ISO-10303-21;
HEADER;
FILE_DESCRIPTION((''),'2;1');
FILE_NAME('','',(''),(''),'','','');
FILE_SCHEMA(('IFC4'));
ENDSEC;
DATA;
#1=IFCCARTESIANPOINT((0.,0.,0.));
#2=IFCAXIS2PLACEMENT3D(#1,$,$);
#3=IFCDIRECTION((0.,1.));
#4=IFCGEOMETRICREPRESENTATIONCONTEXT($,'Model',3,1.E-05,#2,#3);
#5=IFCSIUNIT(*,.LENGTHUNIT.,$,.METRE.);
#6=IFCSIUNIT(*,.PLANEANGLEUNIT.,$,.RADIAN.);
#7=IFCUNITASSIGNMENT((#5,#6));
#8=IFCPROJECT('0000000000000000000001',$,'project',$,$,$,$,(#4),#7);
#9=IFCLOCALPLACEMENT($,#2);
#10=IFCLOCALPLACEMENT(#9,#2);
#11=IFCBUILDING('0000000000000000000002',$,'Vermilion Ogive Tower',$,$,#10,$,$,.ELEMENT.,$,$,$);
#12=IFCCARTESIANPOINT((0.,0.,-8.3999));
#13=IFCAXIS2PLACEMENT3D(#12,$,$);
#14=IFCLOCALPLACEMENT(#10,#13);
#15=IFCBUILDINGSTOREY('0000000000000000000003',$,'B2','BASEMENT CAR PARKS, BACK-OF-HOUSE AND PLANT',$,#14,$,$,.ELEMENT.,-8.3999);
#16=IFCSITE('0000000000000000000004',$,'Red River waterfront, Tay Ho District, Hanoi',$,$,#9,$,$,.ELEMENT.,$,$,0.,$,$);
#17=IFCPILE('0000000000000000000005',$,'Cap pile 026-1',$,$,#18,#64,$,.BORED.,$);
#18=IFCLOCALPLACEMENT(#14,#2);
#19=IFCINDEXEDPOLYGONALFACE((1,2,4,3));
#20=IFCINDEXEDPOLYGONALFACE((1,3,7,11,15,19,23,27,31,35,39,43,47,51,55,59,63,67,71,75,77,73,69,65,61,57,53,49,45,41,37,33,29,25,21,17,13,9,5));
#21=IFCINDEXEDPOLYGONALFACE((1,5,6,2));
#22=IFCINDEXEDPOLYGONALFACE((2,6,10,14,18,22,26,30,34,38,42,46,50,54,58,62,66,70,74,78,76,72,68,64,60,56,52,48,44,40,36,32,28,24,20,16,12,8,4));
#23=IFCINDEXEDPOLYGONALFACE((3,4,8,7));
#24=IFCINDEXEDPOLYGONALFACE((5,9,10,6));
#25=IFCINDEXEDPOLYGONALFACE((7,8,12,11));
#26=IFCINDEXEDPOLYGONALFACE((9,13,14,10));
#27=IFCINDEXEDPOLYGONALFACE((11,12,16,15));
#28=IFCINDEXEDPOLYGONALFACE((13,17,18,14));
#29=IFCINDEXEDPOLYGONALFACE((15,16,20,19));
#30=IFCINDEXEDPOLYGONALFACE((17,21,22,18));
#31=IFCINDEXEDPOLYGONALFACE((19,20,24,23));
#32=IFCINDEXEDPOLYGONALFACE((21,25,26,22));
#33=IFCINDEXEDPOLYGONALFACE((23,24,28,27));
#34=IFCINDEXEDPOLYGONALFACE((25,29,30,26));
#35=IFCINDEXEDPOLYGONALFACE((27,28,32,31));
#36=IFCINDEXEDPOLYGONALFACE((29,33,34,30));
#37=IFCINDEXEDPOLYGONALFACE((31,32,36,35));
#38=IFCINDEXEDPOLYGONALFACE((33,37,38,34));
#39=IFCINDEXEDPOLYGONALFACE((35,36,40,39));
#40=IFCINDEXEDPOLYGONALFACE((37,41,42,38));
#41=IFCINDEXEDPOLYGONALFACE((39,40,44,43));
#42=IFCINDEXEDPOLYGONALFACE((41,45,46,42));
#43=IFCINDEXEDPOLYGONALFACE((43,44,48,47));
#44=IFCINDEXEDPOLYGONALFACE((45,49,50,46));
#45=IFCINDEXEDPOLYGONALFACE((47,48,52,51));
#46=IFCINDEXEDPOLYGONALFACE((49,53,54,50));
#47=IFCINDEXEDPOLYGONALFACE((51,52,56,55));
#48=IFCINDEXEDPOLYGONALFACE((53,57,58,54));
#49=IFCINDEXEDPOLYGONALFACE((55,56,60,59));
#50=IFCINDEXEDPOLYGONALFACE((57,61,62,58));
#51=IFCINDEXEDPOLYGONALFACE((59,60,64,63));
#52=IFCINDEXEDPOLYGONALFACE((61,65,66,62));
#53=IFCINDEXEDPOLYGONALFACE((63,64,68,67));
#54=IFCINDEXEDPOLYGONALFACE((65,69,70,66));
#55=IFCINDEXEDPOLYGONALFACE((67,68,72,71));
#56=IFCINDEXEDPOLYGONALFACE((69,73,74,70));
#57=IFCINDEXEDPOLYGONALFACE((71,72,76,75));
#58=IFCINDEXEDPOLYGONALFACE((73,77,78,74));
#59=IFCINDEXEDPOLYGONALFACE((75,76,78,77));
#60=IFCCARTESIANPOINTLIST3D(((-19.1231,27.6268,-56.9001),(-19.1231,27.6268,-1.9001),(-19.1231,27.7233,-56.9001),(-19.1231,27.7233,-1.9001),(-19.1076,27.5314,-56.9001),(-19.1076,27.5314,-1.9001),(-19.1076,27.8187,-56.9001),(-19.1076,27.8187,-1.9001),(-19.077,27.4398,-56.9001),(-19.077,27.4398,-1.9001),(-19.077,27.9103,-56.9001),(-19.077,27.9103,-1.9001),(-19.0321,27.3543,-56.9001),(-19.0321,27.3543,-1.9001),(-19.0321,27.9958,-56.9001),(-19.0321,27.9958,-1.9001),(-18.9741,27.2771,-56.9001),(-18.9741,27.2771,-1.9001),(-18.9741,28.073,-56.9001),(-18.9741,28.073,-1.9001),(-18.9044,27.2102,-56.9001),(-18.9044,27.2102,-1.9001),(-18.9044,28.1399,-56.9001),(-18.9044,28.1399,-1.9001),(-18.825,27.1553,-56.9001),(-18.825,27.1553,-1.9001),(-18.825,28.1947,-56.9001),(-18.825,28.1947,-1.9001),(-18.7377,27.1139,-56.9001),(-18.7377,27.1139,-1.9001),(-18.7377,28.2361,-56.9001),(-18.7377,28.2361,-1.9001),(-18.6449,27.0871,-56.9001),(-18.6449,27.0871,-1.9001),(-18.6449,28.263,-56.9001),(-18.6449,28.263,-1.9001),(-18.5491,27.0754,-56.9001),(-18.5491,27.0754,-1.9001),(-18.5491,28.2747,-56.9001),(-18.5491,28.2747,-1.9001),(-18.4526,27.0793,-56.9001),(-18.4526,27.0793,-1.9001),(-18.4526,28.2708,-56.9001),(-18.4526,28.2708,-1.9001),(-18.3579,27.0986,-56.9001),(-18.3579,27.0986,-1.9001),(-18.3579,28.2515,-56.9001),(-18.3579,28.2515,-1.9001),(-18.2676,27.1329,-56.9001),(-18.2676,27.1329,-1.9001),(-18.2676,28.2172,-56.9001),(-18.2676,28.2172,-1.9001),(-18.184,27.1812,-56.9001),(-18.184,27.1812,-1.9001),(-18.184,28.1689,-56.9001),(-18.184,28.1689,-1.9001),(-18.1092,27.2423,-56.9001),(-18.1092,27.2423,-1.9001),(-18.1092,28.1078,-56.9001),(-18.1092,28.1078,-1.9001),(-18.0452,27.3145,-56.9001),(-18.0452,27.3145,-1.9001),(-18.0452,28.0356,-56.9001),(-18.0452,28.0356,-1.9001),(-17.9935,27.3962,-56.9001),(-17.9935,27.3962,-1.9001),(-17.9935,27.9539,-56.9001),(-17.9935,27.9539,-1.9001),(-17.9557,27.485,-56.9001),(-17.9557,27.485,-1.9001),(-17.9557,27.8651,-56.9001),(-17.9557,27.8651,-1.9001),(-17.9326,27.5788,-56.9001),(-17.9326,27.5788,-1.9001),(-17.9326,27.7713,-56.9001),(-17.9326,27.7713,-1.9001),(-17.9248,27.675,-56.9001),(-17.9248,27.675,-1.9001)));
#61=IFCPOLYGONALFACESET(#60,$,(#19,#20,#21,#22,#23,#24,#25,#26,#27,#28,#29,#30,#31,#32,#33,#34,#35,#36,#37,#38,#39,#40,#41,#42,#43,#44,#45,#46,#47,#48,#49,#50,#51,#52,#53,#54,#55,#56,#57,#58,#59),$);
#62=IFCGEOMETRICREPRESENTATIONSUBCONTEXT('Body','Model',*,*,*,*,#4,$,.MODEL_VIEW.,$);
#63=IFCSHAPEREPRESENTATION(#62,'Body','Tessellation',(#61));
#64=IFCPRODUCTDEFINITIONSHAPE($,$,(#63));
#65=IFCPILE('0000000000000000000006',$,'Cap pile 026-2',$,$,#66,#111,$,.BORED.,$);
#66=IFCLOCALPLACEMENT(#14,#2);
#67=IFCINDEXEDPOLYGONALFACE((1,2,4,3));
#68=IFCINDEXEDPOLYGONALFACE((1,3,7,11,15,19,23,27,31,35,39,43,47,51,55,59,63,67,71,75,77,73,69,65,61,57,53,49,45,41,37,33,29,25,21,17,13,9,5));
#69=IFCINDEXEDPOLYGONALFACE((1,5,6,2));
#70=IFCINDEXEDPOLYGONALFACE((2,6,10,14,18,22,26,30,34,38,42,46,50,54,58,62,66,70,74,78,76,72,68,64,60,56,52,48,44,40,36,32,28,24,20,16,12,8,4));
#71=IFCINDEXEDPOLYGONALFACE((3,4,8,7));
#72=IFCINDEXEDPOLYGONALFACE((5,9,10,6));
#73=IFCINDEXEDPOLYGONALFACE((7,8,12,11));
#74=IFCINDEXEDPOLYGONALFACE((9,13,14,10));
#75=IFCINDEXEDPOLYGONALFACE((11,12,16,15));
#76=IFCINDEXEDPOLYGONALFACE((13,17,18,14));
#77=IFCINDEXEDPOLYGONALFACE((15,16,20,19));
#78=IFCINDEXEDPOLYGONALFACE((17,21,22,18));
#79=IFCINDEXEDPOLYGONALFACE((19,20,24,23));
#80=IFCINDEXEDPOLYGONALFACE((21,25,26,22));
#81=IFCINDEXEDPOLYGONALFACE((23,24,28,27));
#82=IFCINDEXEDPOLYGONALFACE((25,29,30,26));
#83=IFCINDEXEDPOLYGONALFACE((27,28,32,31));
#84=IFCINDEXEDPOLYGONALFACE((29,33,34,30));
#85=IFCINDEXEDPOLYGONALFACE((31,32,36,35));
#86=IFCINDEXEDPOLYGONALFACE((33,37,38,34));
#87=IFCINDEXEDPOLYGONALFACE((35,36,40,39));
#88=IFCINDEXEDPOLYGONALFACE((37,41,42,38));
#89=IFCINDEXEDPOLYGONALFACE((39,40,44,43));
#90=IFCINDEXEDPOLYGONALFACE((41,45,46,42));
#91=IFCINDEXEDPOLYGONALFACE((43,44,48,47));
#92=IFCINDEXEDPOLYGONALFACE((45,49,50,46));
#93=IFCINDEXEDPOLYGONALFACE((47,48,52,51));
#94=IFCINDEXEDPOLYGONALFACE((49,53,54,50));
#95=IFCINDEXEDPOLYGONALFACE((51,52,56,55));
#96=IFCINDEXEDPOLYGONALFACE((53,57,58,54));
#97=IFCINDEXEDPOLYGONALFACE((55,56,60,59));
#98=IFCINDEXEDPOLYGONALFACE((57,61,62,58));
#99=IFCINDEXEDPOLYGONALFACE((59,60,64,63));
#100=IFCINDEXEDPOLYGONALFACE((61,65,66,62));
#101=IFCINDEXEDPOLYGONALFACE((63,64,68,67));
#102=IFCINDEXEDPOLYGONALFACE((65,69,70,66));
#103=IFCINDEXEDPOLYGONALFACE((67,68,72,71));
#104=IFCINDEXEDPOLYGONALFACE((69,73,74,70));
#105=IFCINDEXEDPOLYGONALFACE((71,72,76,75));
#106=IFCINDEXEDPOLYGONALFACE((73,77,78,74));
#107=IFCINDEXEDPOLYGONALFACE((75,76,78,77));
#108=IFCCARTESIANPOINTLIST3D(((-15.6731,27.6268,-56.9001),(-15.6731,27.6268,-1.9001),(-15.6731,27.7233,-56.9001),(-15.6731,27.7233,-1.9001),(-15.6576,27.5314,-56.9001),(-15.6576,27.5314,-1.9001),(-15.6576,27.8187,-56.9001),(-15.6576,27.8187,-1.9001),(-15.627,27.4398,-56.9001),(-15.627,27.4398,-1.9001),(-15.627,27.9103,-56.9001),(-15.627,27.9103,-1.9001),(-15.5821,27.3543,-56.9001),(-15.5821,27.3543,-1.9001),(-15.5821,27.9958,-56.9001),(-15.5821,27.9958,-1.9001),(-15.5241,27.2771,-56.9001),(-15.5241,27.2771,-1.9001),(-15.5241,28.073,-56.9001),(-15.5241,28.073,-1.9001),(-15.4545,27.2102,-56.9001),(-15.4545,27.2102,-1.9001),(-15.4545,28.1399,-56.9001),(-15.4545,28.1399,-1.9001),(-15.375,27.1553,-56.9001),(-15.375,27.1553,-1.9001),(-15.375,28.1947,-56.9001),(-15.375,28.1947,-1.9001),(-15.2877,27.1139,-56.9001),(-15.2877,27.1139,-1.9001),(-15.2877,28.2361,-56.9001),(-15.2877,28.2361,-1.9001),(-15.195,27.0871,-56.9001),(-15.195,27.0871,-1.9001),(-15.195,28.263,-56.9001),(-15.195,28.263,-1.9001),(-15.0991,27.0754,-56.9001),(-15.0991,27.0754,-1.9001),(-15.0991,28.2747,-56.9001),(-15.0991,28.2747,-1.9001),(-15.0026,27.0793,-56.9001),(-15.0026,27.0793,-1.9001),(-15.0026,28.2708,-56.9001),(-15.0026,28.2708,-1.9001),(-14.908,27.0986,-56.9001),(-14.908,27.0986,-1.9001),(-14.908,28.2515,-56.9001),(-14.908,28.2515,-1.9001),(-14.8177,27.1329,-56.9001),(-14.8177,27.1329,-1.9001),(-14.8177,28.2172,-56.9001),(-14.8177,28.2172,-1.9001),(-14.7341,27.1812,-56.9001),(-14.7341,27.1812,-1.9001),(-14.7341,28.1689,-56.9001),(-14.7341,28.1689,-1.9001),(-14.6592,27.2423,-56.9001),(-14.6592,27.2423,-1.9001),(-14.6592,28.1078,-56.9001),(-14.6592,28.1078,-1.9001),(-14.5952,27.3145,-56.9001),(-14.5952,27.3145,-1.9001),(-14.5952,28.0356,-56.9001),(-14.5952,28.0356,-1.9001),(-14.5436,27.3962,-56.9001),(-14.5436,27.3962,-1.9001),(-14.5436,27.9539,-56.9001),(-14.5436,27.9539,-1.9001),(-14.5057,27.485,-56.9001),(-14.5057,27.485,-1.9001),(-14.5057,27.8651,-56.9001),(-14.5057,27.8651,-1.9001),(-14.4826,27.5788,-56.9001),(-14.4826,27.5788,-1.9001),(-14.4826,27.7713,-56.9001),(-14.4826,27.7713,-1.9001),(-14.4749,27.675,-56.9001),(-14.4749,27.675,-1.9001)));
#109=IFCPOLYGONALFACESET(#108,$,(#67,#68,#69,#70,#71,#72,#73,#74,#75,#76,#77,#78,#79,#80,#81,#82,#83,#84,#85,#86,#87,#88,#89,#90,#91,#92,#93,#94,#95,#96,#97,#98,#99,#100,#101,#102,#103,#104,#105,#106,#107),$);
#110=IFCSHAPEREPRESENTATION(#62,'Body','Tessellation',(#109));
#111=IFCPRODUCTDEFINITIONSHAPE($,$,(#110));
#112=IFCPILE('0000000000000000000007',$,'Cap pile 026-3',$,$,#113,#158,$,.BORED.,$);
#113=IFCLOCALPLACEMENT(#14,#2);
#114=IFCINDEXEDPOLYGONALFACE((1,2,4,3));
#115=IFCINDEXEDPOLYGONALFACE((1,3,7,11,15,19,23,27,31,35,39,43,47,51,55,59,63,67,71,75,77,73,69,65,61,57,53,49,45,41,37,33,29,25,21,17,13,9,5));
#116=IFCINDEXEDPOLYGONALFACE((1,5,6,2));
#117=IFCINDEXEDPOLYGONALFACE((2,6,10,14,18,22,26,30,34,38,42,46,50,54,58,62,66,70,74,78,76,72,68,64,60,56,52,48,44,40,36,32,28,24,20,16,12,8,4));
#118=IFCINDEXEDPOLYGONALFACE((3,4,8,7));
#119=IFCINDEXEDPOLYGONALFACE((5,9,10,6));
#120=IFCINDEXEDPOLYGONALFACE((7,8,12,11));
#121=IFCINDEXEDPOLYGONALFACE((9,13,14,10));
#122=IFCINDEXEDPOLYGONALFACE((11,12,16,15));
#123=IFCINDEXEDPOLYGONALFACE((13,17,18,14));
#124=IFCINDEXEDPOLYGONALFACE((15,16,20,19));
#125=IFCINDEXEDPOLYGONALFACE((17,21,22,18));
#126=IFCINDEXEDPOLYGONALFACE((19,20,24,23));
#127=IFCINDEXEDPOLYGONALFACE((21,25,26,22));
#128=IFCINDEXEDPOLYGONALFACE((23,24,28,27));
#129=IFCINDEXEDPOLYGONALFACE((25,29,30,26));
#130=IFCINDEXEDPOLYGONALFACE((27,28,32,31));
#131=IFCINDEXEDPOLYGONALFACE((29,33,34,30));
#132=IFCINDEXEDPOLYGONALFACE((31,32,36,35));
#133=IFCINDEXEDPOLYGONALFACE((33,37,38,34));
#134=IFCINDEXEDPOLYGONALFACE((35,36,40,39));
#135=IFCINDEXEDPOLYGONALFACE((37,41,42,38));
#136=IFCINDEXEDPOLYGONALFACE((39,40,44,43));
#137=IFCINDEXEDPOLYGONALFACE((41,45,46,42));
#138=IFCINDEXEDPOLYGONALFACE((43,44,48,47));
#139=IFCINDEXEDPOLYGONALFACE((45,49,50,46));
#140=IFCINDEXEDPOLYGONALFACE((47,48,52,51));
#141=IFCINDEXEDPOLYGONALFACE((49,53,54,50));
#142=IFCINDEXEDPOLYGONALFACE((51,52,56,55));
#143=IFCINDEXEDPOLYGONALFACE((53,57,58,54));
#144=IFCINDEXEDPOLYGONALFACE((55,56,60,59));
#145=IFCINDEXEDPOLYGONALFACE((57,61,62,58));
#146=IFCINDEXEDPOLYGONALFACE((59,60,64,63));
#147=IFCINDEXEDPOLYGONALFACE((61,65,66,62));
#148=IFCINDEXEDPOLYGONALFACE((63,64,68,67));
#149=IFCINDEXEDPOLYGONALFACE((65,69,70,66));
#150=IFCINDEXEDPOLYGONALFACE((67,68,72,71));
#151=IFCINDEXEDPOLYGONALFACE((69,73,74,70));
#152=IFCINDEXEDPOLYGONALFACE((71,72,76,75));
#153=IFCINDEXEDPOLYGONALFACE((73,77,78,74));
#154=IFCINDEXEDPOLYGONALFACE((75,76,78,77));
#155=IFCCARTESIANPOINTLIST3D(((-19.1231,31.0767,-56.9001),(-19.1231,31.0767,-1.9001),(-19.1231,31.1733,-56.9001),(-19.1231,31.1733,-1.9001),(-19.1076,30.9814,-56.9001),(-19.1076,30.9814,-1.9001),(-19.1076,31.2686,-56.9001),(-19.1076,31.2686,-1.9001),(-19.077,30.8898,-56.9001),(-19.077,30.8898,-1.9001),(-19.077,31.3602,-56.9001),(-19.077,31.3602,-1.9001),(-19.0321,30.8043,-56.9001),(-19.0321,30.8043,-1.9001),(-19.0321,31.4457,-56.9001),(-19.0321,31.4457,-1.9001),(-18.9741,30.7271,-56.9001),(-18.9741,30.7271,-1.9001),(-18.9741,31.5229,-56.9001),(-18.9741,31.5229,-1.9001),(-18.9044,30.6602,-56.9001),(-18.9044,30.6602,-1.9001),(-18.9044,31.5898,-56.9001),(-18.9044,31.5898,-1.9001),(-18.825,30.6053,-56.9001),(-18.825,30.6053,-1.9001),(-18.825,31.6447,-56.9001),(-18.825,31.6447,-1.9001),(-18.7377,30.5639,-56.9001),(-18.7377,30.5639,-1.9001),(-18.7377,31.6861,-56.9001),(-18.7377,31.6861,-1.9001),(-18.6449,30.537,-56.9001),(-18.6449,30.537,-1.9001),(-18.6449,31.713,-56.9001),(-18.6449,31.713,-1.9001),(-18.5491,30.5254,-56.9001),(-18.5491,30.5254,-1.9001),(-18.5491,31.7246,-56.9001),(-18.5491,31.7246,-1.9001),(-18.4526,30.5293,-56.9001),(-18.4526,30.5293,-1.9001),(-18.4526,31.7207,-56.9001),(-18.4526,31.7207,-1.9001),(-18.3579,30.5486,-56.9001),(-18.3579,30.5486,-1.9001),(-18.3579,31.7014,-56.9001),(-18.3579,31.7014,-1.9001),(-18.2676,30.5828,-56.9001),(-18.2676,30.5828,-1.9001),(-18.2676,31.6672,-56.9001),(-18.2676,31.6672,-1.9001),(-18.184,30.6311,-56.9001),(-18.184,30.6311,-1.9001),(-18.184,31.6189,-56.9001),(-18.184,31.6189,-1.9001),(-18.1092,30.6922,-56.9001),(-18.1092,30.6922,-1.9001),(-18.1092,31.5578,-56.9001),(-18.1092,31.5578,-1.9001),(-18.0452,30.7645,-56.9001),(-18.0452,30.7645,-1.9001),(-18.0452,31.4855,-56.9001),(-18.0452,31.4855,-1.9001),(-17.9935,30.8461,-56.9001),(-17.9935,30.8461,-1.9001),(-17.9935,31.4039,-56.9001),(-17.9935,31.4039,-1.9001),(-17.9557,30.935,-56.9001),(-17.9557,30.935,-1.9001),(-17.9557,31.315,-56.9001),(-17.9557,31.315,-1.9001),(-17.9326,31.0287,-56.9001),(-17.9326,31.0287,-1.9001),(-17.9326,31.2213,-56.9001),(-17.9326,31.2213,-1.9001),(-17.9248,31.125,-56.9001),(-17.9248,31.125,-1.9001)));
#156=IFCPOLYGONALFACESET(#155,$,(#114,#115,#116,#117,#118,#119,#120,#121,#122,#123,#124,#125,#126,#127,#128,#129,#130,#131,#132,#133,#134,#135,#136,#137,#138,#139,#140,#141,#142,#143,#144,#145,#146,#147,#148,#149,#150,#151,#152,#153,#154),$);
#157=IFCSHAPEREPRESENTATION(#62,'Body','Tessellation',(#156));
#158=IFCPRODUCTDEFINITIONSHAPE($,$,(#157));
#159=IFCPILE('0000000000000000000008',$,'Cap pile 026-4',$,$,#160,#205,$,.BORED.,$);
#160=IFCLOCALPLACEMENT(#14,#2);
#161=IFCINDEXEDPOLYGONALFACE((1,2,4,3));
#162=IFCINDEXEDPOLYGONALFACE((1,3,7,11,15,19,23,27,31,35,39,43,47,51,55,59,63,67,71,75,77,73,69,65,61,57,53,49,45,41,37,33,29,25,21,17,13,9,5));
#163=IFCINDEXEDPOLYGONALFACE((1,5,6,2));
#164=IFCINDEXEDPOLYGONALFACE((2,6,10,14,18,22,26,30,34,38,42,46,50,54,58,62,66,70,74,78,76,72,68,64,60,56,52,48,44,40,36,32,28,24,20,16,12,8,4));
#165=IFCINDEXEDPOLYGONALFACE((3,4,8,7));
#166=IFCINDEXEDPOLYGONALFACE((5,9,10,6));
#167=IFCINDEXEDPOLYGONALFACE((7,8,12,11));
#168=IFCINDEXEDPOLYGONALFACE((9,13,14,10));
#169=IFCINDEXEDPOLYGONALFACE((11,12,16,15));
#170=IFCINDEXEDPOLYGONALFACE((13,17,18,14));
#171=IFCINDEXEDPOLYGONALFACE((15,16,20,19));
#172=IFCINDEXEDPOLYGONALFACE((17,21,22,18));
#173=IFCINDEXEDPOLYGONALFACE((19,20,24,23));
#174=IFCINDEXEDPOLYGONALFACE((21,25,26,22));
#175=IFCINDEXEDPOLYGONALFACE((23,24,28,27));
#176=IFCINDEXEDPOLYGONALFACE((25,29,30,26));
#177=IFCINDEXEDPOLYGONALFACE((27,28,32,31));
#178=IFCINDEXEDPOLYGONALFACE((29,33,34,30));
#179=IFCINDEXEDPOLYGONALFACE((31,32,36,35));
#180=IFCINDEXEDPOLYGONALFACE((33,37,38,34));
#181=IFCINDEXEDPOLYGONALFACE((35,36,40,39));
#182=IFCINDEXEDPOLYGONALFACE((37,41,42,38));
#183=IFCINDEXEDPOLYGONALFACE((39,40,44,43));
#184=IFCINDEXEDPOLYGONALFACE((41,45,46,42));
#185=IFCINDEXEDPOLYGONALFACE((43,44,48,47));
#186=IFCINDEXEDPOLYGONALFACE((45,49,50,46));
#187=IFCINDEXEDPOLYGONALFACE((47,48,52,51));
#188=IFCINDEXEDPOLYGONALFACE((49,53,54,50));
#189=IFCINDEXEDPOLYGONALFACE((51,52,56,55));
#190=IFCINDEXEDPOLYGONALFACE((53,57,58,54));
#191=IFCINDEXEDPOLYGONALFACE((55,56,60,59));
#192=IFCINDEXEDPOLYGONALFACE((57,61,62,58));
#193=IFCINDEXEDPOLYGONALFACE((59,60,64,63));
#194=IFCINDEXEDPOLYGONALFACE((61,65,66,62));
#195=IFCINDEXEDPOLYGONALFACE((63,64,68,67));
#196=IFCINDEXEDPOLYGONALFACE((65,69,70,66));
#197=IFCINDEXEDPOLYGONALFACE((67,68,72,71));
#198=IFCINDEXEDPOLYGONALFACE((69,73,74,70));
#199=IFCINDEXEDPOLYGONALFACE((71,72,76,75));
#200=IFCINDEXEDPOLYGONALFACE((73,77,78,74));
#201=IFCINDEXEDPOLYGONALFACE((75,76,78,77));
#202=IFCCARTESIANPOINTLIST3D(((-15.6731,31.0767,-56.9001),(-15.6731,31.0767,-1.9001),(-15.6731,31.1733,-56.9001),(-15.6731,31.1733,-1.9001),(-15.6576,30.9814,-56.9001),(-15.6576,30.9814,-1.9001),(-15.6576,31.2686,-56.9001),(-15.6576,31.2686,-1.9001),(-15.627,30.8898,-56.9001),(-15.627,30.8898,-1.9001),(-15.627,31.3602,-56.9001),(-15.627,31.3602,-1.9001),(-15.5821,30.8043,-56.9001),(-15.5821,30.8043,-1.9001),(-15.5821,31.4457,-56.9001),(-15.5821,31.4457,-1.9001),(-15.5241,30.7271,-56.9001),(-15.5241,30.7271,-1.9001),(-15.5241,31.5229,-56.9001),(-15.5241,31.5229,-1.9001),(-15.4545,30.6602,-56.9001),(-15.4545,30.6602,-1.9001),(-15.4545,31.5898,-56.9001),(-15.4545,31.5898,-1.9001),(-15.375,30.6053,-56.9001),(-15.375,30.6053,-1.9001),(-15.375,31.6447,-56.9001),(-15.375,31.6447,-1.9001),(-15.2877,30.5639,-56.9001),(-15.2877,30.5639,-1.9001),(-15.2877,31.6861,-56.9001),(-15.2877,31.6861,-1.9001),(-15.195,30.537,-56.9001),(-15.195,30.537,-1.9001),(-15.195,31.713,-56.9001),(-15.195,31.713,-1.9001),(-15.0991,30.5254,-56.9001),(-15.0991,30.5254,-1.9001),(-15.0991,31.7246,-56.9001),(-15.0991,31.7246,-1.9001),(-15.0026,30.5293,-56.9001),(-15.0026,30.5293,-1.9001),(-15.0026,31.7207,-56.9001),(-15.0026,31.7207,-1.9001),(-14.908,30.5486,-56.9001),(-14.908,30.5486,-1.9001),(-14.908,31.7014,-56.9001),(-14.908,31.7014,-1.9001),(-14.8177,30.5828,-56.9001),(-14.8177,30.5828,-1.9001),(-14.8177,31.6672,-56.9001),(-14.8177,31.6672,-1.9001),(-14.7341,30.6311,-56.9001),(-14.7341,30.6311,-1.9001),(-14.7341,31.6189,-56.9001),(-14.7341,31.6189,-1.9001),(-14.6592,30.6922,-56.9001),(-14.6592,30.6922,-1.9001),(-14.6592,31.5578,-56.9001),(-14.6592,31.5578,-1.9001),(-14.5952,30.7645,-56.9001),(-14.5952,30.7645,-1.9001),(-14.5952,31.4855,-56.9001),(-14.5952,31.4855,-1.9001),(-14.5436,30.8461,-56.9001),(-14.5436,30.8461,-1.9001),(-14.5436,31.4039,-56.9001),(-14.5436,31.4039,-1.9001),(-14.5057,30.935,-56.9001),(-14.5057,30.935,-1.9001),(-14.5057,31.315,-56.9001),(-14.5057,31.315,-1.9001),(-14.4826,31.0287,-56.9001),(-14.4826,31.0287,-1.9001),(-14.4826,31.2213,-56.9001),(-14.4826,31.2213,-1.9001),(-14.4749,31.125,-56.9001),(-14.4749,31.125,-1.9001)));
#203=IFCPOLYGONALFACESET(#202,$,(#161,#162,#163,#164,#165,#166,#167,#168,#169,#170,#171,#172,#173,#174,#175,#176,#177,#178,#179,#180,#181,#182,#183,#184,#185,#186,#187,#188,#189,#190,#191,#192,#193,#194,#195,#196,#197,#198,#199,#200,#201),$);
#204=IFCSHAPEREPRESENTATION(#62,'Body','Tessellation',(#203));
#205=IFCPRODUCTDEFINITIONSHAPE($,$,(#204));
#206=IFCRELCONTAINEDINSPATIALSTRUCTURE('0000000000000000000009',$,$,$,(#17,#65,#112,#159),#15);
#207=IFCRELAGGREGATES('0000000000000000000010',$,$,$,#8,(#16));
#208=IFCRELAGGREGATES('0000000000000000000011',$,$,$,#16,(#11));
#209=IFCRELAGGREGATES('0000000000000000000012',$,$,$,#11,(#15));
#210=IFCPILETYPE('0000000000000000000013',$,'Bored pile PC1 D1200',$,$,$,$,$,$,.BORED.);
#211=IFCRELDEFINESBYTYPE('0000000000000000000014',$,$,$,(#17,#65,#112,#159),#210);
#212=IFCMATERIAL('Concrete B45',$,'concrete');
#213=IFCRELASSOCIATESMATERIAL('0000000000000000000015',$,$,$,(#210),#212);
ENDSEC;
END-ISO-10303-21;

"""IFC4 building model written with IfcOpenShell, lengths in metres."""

from ifc_helpers import new_model, si_unit, direction, frame, origin, origin_2d, place, context, subcontext, project, spatial, circle, extrude, material, type_object, element, save


model = new_model("IFC4")

# Units and contexts
model_context = context("Model", 3, precision=1e-05, world=origin(), true_north=direction((0.0, 1.0)))
body_context = subcontext(model_context, "Body", "Model", "MODEL_VIEW")
ifc_project = project(units=[si_unit("LENGTHUNIT", "METRE"), si_unit("PLANEANGLEUNIT", "RADIAN")], contexts=[model_context])

# Site, building, storey
site_placement = place(None, origin())
site = spatial("IfcSite", under=ifc_project, at=site_placement, Name="Red River waterfront, Tay Ho District, Hanoi", CompositionType="ELEMENT", RefElevation=0.0)
building_placement = place(site_placement, origin())
building = spatial("IfcBuilding", under=site, at=building_placement, Name="Vermilion Ogive Tower", CompositionType="ELEMENT")
storey_placement = place(building_placement, frame((0.0, 0.0, -8.3999)))
storey = spatial("IfcBuildingStorey", under=building, at=storey_placement, Name="B2", Description="BASEMENT CAR PARKS, BACK-OF-HOUSE AND PLANT", CompositionType="ELEMENT", Elevation=-8.3999)

# Piles
ifc_material_1 = material(Name="Concrete B45", Category="concrete")
pile_type_1 = type_object("IfcPileType", Name="Bored pile PC1 D1200", PredefinedType="BORED", material=ifc_material_1)
for number, where, z_axis, x_axis, name in (
    (1, (-18.5249, 27.675, -1.9001), (0.0, 0.0, -1.0), (1.0, 0.0, 0.0), "Cap pile 026-1"),
    (2, (-15.075, 27.675, -1.9001), (0.0, 0.0, -1.0), (1.0, 0.0, 0.0), "Cap pile 026-2"),
    (3, (-18.5249, 31.125, -1.9001), (0.0, 0.0, -1.0), (1.0, 0.0, 0.0), "Cap pile 026-3"),
    (4, (-15.075, 31.125, -1.9001), (0.0, 0.0, -1.0), (1.0, 0.0, 0.0), "Cap pile 026-4"),
):
    element("IfcPile", number, at=place(storey_placement, frame(where, z_axis=z_axis, x_axis=x_axis)), inside=storey, type_object=pile_type_1, Name=name, PredefinedType="BORED", context=body_context, shape_type="SweptSolid", body=[
        extrude(circle(Radius=0.6001, at=origin_2d()), origin(), (0.0, 0.0, 1.0), 55.0),
    ])

save(model, "model.ifc")
